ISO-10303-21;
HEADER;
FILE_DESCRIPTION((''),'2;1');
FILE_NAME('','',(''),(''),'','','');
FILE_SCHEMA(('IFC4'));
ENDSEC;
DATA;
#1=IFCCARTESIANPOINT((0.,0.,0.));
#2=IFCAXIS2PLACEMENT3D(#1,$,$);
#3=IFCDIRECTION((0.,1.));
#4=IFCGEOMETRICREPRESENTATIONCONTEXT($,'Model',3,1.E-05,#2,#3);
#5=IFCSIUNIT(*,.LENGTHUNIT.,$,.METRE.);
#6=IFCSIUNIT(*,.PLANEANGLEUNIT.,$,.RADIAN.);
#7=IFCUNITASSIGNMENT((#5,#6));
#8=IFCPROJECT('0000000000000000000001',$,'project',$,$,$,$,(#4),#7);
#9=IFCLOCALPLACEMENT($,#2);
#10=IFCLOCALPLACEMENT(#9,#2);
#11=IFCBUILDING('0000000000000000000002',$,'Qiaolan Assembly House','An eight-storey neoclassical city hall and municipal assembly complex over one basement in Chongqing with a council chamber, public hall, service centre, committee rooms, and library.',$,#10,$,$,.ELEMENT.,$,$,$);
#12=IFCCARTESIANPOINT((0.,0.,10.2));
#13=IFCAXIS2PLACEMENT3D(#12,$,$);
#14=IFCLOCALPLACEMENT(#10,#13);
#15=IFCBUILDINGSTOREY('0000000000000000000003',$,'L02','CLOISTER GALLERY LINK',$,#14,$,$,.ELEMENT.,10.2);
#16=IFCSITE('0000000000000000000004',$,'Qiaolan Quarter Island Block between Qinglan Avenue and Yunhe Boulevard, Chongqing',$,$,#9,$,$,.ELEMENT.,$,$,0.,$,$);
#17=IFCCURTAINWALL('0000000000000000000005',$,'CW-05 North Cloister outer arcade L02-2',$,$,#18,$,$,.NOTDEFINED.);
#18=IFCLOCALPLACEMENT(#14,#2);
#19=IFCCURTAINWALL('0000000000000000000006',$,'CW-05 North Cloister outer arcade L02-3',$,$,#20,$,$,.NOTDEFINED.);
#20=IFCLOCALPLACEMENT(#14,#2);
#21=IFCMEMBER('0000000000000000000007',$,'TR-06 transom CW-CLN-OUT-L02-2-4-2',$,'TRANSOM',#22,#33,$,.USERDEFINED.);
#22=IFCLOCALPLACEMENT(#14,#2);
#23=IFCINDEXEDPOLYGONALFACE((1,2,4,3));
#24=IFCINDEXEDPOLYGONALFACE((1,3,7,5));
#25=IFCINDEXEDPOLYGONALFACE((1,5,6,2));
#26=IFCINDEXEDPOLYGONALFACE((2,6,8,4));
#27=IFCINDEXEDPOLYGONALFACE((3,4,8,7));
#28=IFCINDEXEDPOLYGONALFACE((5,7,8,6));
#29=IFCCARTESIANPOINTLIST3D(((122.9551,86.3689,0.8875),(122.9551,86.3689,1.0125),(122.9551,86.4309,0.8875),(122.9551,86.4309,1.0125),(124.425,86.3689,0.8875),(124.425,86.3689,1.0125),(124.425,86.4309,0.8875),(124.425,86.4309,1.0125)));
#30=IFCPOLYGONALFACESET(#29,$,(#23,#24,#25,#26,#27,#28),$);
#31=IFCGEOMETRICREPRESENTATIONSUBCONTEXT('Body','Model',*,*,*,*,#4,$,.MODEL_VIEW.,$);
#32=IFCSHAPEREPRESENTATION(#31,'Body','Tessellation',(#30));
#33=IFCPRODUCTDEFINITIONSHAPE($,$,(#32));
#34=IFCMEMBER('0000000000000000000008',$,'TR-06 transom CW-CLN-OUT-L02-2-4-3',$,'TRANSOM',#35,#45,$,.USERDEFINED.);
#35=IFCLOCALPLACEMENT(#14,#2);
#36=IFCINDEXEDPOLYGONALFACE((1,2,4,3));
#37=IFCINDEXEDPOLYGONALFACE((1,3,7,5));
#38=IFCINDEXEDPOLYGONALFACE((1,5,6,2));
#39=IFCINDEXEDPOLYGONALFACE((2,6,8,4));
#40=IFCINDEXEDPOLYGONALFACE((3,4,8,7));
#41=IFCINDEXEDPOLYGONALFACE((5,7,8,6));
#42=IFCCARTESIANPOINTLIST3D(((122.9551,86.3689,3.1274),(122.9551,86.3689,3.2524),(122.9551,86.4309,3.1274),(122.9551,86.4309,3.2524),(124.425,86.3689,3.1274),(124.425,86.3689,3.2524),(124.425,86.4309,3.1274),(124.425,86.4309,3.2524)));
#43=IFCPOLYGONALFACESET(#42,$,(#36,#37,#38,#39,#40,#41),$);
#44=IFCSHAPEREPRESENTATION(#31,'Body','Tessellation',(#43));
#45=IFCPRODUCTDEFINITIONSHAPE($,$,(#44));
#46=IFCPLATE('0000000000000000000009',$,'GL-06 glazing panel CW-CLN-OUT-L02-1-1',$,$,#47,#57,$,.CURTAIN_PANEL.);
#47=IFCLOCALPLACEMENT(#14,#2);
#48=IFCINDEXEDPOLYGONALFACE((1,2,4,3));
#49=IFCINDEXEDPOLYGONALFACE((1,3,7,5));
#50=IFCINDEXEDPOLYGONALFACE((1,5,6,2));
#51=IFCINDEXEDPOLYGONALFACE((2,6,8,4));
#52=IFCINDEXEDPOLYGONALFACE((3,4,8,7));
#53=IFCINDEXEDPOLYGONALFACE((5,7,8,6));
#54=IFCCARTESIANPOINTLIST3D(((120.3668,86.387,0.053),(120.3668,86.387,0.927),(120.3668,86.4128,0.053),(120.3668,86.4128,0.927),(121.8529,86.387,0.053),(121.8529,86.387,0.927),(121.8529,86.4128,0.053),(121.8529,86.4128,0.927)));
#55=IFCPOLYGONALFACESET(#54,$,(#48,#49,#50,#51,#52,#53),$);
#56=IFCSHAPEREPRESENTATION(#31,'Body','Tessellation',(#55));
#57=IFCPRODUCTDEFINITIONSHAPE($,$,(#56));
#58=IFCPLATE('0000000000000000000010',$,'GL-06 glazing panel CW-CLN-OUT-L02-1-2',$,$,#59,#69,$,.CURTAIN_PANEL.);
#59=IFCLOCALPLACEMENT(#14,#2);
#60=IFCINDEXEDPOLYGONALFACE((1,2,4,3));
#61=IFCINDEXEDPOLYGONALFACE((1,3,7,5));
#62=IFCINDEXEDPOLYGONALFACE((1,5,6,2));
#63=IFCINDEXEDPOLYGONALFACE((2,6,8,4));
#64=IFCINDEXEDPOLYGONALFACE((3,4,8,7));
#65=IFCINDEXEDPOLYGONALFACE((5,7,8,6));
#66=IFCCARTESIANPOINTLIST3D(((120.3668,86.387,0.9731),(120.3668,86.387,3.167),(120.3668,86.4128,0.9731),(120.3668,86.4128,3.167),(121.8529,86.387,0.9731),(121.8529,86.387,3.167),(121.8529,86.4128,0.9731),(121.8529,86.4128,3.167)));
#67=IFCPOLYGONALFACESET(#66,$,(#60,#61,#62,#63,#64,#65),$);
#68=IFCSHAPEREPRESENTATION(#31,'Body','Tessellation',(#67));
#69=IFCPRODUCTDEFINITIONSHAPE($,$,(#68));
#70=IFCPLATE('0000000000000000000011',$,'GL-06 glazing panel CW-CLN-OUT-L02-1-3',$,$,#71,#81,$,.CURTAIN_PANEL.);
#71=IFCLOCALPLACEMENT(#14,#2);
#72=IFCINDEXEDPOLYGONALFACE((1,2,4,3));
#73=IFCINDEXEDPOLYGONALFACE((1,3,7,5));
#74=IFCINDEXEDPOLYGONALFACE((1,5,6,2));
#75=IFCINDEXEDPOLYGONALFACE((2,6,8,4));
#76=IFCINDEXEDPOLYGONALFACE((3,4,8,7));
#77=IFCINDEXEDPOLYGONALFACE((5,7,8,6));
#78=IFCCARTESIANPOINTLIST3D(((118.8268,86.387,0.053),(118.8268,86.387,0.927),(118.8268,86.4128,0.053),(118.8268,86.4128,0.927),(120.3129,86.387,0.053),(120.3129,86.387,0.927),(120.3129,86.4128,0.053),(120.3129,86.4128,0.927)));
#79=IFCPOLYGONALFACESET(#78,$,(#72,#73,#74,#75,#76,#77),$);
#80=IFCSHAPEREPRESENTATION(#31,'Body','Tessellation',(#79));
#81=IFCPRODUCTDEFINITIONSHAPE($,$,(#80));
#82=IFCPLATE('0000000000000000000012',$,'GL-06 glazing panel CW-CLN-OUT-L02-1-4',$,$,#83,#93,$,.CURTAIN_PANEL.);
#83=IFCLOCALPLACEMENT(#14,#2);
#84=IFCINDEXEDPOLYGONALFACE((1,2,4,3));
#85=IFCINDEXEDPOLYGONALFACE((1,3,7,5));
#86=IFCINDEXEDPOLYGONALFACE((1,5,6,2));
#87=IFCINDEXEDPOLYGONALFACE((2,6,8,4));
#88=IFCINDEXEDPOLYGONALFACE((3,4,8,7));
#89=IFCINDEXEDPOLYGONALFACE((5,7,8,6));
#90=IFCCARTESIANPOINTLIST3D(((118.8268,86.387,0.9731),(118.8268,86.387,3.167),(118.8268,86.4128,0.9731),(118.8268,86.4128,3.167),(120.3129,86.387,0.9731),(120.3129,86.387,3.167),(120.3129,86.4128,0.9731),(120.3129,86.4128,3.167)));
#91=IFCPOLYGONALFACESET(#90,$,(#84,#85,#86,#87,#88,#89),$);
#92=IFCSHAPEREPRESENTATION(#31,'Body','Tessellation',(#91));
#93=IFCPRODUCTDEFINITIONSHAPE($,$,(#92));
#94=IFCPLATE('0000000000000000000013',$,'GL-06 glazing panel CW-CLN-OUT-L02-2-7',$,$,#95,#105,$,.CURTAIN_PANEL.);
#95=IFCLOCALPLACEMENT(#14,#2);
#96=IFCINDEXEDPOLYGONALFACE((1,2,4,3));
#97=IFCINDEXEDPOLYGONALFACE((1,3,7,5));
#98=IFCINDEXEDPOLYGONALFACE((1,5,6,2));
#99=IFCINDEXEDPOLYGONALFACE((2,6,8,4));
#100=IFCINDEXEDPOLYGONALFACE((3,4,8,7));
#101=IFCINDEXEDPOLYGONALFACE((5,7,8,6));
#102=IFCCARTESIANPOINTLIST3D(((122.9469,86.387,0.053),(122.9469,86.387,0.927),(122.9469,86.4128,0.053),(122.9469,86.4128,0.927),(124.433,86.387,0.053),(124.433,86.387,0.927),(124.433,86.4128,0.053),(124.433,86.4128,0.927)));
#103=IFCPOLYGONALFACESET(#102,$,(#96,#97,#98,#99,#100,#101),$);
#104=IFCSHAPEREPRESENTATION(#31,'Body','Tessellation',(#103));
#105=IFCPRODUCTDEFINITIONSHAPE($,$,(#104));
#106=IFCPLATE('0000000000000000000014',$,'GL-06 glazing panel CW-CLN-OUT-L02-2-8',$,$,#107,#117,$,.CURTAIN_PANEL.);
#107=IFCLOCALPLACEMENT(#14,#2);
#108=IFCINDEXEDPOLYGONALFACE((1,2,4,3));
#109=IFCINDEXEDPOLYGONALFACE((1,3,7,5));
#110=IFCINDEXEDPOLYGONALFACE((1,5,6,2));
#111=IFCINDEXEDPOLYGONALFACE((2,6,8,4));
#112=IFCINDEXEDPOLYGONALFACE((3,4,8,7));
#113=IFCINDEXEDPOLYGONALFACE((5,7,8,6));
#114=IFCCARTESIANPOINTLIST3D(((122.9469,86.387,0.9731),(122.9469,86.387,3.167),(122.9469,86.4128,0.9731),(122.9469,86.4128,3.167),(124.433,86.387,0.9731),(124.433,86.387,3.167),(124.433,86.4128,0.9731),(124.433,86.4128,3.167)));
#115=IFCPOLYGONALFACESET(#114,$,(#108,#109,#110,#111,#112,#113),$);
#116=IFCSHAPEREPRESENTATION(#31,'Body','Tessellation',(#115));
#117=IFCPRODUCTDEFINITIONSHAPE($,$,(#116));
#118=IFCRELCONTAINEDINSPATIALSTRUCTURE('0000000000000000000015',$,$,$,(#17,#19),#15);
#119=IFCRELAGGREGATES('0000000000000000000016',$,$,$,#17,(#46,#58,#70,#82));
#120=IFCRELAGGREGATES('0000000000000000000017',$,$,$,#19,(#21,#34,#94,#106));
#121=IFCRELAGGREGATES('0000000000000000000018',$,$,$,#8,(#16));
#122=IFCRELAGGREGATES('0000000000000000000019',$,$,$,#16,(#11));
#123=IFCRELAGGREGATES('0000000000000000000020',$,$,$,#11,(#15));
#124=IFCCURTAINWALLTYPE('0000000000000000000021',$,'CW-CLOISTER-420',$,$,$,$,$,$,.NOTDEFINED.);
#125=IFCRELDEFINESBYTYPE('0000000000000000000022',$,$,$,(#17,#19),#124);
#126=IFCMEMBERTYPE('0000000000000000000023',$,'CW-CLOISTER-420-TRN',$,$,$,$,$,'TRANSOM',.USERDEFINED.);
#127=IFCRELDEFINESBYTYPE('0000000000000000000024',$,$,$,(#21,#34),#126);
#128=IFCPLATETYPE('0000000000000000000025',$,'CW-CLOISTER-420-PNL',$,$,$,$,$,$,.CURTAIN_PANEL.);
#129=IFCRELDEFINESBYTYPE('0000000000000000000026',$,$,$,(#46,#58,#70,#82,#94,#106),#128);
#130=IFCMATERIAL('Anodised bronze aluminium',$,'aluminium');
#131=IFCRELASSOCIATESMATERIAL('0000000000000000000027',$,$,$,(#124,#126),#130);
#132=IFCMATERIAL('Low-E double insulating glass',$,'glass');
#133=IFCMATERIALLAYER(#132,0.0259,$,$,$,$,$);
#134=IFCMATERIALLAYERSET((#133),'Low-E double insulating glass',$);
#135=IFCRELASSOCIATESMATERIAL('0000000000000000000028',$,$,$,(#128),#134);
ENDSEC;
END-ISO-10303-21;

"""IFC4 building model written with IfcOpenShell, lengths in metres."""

from ifc_helpers import new_model, si_unit, direction, frame, frame_2d, origin, origin_2d, place, context, subcontext, project, spatial, rectangle, extrude, material, layer, layer_set, material_profile, profile_set, type_object, element, aggregate, save


model = new_model("IFC4")

# Units and contexts
model_context = context("Model", 3, precision=1e-05, world=origin(), true_north=direction((0.0, 1.0)))
body_context = subcontext(model_context, "Body", "Model", "MODEL_VIEW")
ifc_project = project(units=[si_unit("LENGTHUNIT", "METRE"), si_unit("PLANEANGLEUNIT", "RADIAN")], contexts=[model_context])

# Site, building, storey
site_placement = place(None, origin())
site = spatial("IfcSite", under=ifc_project, at=site_placement, Name="Qiaolan Quarter Island Block between Qinglan Avenue and Yunhe Boulevard, Chongqing", CompositionType="ELEMENT", RefElevation=0.0)
building_placement = place(site_placement, origin())
building = spatial("IfcBuilding", under=site, at=building_placement, Name="Qiaolan Assembly House", Description="An eight-storey neoclassical city hall and municipal assembly complex over one basement in Chongqing with a council chamber, public hall, service centre, committee rooms, and library.", CompositionType="ELEMENT")
storey_placement = place(building_placement, frame((0.0, 0.0, 10.2)))
storey = spatial("IfcBuildingStorey", under=building, at=storey_placement, Name="L02", Description="CLOISTER GALLERY LINK", CompositionType="ELEMENT", Elevation=10.2)

# Curtain walls
ifc_material_1 = material(Name="Anodised bronze aluminium", Category="aluminium")
curtain_wall_type = type_object("IfcCurtainWallType", Name="CW-CLOISTER-420", PredefinedType="NOTDEFINED", material=ifc_material_1)
curtain_wall_1_placement = place(storey_placement, origin())
curtain_wall_1 = element("IfcCurtainWall", 1, at=curtain_wall_1_placement, inside=storey, type_object=curtain_wall_type, Name="CW-05 North Cloister outer arcade L02-2", PredefinedType="NOTDEFINED")
curtain_wall_2_placement = place(storey_placement, origin())
curtain_wall_2 = element("IfcCurtainWall", 2, at=curtain_wall_2_placement, inside=storey, type_object=curtain_wall_type, Name="CW-05 North Cloister outer arcade L02-3", PredefinedType="NOTDEFINED")

# Members
ifc_material_profile_1 = material_profile(ifc_material_1, rectangle(XDim=0.062, YDim=0.125, at=origin_2d()), Name="TRN 62x125")
ifc_profile_set_1 = profile_set([ifc_material_profile_1], Name="Anodised bronze aluminium")
member_type_1 = type_object("IfcMemberType", Name="CW-CLOISTER-420-TRN", ElementType="TRANSOM", PredefinedType="USERDEFINED", material=ifc_profile_set_1)
member_1_placement = place(storey_placement, frame((124.425, 86.3999, 0.95), z_axis=(-1.0, 0.0, 0.0), x_axis=(0.0, -1.0, 0.0)))
member_1 = element("IfcMember", 3, at=member_1_placement, type_object=member_type_1, Name="TR-06 transom CW-CLN-OUT-L02-2-4-2", ObjectType="TRANSOM", PredefinedType="USERDEFINED", context=body_context, shape_type="SweptSolid", body=[
    extrude(rectangle(XDim=0.062, YDim=0.125, at=origin_2d()), origin(), (0.0, 0.0, 1.0), 1.47),
])
member_2_placement = place(storey_placement, frame((124.425, 86.3999, 3.1899), z_axis=(-1.0, 0.0, 0.0), x_axis=(0.0, -1.0, 0.0)))
member_2 = element("IfcMember", 4, at=member_2_placement, type_object=member_type_1, Name="TR-06 transom CW-CLN-OUT-L02-2-4-3", ObjectType="TRANSOM", PredefinedType="USERDEFINED", context=body_context, shape_type="SweptSolid", body=[
    extrude(rectangle(XDim=0.062, YDim=0.125, at=origin_2d()), origin(), (0.0, 0.0, 1.0), 1.47),
])

# Plates
ifc_material_2 = material(Name="Low-E double insulating glass", Category="glass")
ifc_layer = layer(ifc_material_2, 0.0259)
ifc_layer_set = layer_set([ifc_layer], Name="Low-E double insulating glass")
plate_type = type_object("IfcPlateType", Name="CW-CLOISTER-420-PNL", PredefinedType="CURTAIN_PANEL", material=ifc_layer_set)
plate_1_placement = place(storey_placement, frame((121.853, 86.3999, 0.053), z_axis=(0.0, 0.0, 1.0), x_axis=(-1.0, 0.0, 0.0)))
plate_1 = element("IfcPlate", 5, at=plate_1_placement, type_object=plate_type, Name="GL-06 glazing panel CW-CLN-OUT-L02-1-1", PredefinedType="CURTAIN_PANEL", context=body_context, shape_type="SweptSolid", body=[
    extrude(rectangle(XDim=1.4861, YDim=0.0259, at=frame_2d((0.7432, 0.0))), origin(), (0.0, 0.0, 1.0), 0.874),
])
plate_2_placement = place(storey_placement, frame((121.853, 86.3999, 0.9731), z_axis=(0.0, 0.0, 1.0), x_axis=(-1.0, 0.0, 0.0)))
plate_2 = element("IfcPlate", 6, at=plate_2_placement, type_object=plate_type, Name="GL-06 glazing panel CW-CLN-OUT-L02-1-2", PredefinedType="CURTAIN_PANEL", context=body_context, shape_type="SweptSolid", body=[
    extrude(rectangle(XDim=1.4861, YDim=0.0259, at=frame_2d((0.7432, 0.0))), origin(), (0.0, 0.0, 1.0), 2.1938),
])
plate_3_placement = place(storey_placement, frame((120.313, 86.3999, 0.053), z_axis=(0.0, 0.0, 1.0), x_axis=(-1.0, 0.0, 0.0)))
plate_3 = element("IfcPlate", 7, at=plate_3_placement, type_object=plate_type, Name="GL-06 glazing panel CW-CLN-OUT-L02-1-3", PredefinedType="CURTAIN_PANEL", context=body_context, shape_type="SweptSolid", body=[
    extrude(rectangle(XDim=1.4861, YDim=0.0259, at=frame_2d((0.7432, 0.0))), origin(), (0.0, 0.0, 1.0), 0.874),
])
plate_4_placement = place(storey_placement, frame((120.313, 86.3999, 0.9731), z_axis=(0.0, 0.0, 1.0), x_axis=(-1.0, 0.0, 0.0)))
plate_4 = element("IfcPlate", 8, at=plate_4_placement, type_object=plate_type, Name="GL-06 glazing panel CW-CLN-OUT-L02-1-4", PredefinedType="CURTAIN_PANEL", context=body_context, shape_type="SweptSolid", body=[
    extrude(rectangle(XDim=1.4861, YDim=0.0259, at=frame_2d((0.7432, 0.0))), origin(), (0.0, 0.0, 1.0), 2.1938),
])
aggregate(curtain_wall_1, [plate_1, plate_2, plate_3, plate_4])
plate_5_placement = place(storey_placement, frame((124.4331, 86.3999, 0.053), z_axis=(0.0, 0.0, 1.0), x_axis=(-1.0, 0.0, 0.0)))
plate_5 = element("IfcPlate", 9, at=plate_5_placement, type_object=plate_type, Name="GL-06 glazing panel CW-CLN-OUT-L02-2-7", PredefinedType="CURTAIN_PANEL", context=body_context, shape_type="SweptSolid", body=[
    extrude(rectangle(XDim=1.4861, YDim=0.0259, at=frame_2d((0.7432, 0.0))), origin(), (0.0, 0.0, 1.0), 0.874),
])
plate_6_placement = place(storey_placement, frame((124.4331, 86.3999, 0.9731), z_axis=(0.0, 0.0, 1.0), x_axis=(-1.0, 0.0, 0.0)))
plate_6 = element("IfcPlate", 10, at=plate_6_placement, type_object=plate_type, Name="GL-06 glazing panel CW-CLN-OUT-L02-2-8", PredefinedType="CURTAIN_PANEL", context=body_context, shape_type="SweptSolid", body=[
    extrude(rectangle(XDim=1.4861, YDim=0.0259, at=frame_2d((0.7432, 0.0))), origin(), (0.0, 0.0, 1.0), 2.1938),
])
aggregate(curtain_wall_2, [member_1, member_2, plate_5, plate_6])

save(model, "model.ifc")
